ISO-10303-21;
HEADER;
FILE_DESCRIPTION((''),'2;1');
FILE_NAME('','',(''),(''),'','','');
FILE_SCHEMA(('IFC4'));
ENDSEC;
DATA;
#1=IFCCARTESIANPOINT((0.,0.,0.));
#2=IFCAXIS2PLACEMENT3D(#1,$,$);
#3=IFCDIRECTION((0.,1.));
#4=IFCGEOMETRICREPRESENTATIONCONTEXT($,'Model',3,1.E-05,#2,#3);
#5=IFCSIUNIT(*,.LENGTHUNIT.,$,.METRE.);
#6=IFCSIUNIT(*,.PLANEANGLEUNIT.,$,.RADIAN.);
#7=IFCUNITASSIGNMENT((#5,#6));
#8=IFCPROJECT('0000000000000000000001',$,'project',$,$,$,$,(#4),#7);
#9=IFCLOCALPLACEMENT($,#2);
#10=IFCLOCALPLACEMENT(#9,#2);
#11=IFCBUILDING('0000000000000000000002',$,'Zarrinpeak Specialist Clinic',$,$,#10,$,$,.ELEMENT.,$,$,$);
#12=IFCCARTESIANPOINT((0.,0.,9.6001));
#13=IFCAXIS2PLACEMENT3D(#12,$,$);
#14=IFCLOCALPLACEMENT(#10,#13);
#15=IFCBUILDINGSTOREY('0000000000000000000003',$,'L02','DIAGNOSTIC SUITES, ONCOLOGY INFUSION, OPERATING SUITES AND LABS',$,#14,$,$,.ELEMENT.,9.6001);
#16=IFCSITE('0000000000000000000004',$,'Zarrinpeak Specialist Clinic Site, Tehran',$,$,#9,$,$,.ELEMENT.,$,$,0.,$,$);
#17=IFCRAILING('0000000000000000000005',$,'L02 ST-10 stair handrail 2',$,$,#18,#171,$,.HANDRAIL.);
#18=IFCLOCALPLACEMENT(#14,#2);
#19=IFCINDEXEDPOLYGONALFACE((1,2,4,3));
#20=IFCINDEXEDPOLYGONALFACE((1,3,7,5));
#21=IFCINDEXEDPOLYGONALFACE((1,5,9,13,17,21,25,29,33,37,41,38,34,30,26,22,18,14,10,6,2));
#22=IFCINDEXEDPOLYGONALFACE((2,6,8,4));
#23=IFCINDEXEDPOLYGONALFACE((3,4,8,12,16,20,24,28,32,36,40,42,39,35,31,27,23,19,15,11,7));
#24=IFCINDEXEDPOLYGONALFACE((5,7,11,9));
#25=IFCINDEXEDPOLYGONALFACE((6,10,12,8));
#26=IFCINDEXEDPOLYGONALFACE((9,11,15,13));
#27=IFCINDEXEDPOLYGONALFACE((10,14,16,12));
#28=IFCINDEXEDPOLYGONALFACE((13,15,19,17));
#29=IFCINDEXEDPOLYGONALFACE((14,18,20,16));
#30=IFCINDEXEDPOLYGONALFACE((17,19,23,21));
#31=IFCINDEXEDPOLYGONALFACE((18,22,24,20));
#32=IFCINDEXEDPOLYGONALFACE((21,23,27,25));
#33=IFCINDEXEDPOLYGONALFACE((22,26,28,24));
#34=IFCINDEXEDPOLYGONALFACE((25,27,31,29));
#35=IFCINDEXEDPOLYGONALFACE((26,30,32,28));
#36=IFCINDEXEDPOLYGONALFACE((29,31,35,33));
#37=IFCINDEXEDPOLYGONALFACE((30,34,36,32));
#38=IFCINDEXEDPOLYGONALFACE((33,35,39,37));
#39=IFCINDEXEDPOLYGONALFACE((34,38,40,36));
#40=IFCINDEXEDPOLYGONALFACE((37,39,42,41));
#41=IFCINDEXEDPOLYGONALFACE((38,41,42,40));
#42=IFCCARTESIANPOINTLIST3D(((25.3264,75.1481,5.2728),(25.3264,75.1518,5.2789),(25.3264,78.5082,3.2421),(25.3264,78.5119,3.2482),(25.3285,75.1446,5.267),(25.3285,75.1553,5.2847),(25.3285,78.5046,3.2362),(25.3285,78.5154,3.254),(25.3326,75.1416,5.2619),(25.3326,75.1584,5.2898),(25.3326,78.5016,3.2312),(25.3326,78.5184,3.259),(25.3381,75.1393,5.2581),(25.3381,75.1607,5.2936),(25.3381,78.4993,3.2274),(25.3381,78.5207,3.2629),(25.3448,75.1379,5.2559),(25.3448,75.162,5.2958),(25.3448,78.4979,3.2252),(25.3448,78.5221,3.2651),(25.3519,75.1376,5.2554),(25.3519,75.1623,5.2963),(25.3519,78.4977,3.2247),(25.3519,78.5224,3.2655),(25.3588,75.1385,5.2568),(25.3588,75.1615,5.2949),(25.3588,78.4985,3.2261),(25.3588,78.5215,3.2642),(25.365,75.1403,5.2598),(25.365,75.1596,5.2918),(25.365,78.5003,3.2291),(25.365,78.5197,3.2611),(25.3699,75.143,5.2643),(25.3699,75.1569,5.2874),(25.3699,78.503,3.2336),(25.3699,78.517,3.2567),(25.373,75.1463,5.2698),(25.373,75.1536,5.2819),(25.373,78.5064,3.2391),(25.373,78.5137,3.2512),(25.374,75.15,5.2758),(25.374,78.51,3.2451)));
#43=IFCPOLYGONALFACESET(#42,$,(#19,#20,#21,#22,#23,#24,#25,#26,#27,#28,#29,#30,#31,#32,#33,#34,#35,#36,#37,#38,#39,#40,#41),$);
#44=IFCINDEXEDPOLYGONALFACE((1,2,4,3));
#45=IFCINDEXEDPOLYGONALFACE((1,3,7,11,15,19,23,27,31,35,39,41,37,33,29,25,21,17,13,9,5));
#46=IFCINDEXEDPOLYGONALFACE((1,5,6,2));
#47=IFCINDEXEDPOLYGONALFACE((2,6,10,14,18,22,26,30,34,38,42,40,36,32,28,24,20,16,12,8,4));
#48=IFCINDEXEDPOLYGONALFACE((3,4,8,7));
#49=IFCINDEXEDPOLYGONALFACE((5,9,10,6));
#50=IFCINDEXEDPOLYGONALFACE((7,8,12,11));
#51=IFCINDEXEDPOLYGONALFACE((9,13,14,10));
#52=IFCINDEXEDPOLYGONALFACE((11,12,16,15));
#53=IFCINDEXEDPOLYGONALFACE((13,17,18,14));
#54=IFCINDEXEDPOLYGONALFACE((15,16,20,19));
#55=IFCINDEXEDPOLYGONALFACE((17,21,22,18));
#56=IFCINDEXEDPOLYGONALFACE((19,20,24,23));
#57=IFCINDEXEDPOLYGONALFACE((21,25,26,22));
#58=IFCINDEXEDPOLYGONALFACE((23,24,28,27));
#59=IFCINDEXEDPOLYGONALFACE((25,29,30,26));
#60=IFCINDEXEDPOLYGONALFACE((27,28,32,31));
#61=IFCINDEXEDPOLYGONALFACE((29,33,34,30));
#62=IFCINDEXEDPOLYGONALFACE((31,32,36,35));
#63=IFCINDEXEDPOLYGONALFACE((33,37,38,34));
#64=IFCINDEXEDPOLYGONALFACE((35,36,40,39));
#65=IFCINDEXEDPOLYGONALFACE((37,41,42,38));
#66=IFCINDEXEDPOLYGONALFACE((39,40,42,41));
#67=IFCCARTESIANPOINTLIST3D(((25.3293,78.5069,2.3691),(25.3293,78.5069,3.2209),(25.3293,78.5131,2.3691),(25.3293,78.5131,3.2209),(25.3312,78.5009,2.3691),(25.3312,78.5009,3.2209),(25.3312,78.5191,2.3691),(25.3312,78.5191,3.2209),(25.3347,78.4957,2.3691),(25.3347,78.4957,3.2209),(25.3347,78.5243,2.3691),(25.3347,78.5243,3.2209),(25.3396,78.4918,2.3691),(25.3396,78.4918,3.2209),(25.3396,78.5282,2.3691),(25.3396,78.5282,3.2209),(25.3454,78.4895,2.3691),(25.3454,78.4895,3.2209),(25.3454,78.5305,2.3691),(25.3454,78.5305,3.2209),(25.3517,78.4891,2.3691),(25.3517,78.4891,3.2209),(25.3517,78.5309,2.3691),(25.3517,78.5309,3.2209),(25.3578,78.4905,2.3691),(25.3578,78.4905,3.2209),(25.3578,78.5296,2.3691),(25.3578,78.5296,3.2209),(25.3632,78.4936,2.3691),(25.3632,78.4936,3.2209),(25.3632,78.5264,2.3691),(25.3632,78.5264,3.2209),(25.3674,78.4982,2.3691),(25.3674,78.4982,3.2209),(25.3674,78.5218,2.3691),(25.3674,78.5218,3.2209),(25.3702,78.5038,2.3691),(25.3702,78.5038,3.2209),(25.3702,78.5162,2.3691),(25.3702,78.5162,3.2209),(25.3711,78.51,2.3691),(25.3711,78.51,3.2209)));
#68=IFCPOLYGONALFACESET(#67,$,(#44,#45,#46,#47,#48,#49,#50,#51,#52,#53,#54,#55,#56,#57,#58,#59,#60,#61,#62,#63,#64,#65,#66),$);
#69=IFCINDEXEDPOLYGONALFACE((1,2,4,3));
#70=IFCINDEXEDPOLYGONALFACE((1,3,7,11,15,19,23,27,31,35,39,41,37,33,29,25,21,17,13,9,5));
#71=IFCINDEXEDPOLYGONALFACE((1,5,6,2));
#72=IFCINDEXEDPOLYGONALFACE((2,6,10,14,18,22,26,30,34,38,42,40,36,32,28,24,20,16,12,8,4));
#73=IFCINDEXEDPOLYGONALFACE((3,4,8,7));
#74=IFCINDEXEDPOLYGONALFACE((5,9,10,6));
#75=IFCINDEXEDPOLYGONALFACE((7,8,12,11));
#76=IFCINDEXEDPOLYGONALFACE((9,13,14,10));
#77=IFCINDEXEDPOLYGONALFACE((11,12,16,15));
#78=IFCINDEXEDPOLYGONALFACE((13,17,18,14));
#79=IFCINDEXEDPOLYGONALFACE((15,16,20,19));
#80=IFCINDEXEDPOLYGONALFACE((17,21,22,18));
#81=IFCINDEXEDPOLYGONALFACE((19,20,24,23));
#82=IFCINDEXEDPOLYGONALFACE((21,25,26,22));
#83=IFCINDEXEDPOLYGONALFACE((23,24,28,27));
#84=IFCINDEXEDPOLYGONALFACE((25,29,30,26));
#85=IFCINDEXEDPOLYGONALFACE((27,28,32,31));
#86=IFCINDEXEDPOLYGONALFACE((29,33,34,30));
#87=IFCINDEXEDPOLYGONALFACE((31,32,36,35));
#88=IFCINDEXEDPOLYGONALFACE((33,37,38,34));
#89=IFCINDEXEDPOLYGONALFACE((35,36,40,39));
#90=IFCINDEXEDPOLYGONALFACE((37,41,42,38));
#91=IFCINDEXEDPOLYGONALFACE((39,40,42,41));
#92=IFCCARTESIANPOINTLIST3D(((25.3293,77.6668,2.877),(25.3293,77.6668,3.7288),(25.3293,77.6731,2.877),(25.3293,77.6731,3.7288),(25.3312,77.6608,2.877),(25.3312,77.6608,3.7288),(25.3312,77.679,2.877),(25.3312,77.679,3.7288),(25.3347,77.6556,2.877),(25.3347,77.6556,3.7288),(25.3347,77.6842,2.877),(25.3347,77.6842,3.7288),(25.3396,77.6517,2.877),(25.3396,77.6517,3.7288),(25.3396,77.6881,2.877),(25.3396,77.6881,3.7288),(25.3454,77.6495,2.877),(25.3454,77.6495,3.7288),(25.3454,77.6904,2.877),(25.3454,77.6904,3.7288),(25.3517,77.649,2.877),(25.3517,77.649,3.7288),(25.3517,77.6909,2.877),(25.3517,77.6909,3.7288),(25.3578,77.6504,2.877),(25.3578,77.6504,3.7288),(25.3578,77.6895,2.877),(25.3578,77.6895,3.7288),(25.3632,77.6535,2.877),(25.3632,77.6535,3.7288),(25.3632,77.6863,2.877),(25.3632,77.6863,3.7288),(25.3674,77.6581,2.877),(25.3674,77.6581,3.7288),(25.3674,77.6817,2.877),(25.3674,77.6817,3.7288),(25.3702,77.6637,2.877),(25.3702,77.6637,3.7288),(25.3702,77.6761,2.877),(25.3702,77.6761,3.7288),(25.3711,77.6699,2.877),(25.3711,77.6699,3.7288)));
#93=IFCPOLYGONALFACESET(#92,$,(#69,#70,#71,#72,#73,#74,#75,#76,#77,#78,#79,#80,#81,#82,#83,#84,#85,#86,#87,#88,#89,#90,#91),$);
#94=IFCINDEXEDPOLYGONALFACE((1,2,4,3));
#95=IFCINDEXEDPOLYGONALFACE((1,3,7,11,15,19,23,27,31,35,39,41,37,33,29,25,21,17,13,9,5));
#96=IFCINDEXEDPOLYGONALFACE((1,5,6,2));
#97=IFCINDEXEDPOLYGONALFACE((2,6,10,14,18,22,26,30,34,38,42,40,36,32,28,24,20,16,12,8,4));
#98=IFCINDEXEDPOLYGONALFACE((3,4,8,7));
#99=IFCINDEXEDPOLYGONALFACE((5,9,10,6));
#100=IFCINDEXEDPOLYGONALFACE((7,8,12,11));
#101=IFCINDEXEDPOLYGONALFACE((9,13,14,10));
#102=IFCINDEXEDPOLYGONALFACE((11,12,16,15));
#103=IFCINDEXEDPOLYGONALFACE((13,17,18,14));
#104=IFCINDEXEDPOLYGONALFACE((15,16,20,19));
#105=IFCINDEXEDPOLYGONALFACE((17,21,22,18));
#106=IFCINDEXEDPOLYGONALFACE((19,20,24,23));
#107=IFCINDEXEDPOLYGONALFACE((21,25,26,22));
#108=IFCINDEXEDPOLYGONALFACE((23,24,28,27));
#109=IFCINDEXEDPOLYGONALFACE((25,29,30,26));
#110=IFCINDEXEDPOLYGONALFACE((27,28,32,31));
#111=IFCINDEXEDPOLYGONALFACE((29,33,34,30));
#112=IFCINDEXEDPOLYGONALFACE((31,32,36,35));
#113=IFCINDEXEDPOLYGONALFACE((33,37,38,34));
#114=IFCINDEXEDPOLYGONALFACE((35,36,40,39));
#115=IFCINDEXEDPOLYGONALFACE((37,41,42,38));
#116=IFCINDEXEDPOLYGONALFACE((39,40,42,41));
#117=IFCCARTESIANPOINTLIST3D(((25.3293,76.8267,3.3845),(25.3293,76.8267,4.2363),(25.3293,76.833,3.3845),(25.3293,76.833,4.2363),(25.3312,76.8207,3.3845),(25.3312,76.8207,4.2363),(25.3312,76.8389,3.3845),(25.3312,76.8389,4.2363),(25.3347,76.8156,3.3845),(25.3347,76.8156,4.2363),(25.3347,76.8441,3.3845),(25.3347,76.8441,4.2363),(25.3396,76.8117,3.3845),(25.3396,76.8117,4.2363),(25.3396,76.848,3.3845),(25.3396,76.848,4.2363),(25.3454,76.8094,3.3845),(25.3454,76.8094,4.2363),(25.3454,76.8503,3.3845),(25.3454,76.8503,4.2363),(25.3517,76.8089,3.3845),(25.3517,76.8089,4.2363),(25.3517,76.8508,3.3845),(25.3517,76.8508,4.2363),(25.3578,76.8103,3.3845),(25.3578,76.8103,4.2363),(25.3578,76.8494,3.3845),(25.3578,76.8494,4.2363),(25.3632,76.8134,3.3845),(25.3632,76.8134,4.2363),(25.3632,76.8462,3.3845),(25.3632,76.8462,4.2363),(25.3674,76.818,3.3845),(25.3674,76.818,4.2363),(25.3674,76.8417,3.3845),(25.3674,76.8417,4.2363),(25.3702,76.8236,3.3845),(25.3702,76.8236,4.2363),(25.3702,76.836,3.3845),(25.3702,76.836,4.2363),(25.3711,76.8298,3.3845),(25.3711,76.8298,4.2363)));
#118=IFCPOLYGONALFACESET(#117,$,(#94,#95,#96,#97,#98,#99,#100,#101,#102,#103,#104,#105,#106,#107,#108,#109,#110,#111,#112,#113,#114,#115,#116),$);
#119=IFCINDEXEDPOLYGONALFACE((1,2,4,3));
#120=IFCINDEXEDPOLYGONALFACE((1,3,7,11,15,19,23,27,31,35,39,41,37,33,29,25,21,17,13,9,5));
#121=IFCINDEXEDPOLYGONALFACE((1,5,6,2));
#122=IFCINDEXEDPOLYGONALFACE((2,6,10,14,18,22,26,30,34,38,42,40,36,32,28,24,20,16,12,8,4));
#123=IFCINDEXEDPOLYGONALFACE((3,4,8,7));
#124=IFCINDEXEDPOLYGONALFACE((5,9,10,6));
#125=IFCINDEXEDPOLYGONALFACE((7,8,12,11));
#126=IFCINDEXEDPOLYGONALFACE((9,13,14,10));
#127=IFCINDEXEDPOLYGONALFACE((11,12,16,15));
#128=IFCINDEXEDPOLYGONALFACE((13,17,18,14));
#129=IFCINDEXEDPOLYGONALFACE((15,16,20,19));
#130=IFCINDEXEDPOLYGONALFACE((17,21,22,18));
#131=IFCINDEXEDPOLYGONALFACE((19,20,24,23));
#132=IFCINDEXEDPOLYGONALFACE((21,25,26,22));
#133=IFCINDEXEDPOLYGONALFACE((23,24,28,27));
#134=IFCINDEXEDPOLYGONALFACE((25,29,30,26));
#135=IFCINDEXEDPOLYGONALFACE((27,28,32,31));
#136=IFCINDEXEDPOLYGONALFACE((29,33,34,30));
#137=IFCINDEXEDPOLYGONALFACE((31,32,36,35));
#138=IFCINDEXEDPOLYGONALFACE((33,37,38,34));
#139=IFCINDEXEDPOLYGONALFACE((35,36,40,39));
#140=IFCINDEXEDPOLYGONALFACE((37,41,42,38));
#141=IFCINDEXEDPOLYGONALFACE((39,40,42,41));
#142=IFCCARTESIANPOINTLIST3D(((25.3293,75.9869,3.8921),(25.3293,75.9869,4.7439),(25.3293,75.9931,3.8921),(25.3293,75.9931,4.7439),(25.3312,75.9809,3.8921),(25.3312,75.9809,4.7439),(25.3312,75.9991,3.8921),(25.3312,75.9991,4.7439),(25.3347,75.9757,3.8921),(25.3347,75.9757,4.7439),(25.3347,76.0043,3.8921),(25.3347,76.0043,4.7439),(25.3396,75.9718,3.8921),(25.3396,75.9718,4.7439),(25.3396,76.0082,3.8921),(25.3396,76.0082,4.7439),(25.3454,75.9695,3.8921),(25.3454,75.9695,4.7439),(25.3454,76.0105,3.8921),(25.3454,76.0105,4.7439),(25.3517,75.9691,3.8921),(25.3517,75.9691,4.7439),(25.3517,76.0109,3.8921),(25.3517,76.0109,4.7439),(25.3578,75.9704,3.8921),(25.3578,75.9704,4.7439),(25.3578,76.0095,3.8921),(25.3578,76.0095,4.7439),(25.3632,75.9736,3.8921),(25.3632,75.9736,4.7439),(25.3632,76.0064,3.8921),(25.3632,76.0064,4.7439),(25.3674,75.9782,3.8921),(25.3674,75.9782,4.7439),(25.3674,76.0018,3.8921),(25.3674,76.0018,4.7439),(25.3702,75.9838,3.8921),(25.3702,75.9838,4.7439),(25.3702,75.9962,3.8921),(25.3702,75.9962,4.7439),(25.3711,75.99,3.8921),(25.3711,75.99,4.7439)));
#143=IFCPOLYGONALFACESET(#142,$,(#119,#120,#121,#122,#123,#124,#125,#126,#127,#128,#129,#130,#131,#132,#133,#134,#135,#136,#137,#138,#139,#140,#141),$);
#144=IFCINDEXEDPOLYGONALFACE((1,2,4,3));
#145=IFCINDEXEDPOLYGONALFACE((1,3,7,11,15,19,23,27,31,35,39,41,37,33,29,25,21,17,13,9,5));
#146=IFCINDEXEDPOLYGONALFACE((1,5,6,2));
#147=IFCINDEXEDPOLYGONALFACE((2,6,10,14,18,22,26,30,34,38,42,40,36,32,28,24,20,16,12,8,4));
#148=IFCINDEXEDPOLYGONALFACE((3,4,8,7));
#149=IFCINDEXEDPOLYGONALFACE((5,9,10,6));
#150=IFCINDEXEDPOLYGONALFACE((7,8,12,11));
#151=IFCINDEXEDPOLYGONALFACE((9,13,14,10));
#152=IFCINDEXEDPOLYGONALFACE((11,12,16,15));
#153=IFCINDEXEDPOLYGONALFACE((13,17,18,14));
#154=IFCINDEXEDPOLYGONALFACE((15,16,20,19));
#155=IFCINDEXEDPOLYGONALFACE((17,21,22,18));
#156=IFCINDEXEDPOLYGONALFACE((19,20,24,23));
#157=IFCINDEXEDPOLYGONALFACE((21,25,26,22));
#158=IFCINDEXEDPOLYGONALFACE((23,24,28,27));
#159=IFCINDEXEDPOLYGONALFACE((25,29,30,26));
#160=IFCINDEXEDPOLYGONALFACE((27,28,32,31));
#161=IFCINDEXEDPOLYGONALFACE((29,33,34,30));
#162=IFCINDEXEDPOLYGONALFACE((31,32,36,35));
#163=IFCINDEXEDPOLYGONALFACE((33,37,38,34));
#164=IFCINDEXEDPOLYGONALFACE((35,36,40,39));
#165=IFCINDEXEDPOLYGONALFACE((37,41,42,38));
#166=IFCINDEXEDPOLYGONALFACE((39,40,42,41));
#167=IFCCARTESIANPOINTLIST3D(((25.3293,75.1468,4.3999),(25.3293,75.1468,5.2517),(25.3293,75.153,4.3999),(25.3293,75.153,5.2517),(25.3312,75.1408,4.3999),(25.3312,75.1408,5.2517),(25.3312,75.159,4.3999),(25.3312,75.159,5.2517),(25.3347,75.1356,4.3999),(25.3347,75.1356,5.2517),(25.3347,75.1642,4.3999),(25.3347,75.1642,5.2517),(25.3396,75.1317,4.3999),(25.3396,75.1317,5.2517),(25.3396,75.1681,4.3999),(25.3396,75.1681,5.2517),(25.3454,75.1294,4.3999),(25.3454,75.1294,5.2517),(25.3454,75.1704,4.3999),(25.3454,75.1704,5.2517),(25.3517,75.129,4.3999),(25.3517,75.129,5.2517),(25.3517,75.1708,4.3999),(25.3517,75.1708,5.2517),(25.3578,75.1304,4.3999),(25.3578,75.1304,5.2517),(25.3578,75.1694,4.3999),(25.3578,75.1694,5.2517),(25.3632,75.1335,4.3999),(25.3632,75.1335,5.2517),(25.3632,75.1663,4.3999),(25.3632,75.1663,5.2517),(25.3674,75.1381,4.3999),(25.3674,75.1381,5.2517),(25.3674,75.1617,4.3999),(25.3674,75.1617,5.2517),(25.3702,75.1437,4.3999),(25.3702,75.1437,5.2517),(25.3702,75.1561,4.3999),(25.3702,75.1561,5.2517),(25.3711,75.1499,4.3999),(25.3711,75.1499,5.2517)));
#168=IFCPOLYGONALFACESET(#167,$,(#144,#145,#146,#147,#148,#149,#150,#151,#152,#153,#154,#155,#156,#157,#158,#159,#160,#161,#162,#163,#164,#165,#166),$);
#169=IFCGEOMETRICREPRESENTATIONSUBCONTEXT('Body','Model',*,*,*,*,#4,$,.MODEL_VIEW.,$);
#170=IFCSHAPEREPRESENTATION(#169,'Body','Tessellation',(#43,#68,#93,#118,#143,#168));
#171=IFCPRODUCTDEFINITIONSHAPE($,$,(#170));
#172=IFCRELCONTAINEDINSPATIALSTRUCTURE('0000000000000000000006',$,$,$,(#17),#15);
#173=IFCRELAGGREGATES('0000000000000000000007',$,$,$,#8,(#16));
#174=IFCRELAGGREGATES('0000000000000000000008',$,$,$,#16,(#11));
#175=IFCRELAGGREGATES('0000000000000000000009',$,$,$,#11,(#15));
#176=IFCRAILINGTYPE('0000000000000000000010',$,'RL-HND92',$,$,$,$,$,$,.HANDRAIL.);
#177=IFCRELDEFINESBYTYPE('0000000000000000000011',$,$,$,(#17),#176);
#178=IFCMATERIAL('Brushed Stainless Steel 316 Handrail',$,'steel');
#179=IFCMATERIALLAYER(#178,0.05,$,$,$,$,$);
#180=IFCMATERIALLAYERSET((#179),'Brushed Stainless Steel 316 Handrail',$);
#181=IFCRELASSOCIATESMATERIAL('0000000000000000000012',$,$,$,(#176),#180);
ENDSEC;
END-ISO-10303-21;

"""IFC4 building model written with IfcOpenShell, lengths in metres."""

from ifc_helpers import new_model, si_unit, direction, frame, origin, origin_2d, place, context, subcontext, project, spatial, circle, extrude, material, layer, layer_set, type_object, element, save


model = new_model("IFC4")

# Units and contexts
model_context = context("Model", 3, precision=1e-05, world=origin(), true_north=direction((0.0, 1.0)))
body_context = subcontext(model_context, "Body", "Model", "MODEL_VIEW")
ifc_project = project(units=[si_unit("LENGTHUNIT", "METRE"), si_unit("PLANEANGLEUNIT", "RADIAN")], contexts=[model_context])

# Site, building, storey
site_placement = place(None, origin())
site = spatial("IfcSite", under=ifc_project, at=site_placement, Name="Zarrinpeak Specialist Clinic Site, Tehran", CompositionType="ELEMENT", RefElevation=0.0)
building_placement = place(site_placement, origin())
building = spatial("IfcBuilding", under=site, at=building_placement, Name="Zarrinpeak Specialist Clinic", CompositionType="ELEMENT")
storey_placement = place(building_placement, frame((0.0, 0.0, 9.6001)))
storey = spatial("IfcBuildingStorey", under=building, at=storey_placement, Name="L02", Description="DIAGNOSTIC SUITES, ONCOLOGY INFUSION, OPERATING SUITES AND LABS", CompositionType="ELEMENT", Elevation=9.6001)

# Railing
ifc_material_1 = material(Name="Brushed Stainless Steel 316 Handrail", Category="steel")
ifc_layer_1 = layer(ifc_material_1, 0.05)
ifc_layer_set_1 = layer_set([ifc_layer_1], Name="Brushed Stainless Steel 316 Handrail")
railing_type_1 = type_object("IfcRailingType", Name="RL-HND92", PredefinedType="HANDRAIL", material=ifc_layer_set_1)
railing_1_placement = place(storey_placement, frame((25.3501, 78.51, 2.3691)))
element("IfcRailing", 1, at=railing_1_placement, inside=storey, type_object=railing_type_1, Name="L02 ST-10 stair handrail 2", PredefinedType="HANDRAIL", context=body_context, shape_type="SweptSolid", body=[
    extrude(circle(Radius=0.0239, at=origin_2d()), frame((0.0, 0.0, 0.876), z_axis=(0.0, -0.855837, 0.517246), x_axis=(1.0, 0.0, 0.0)), (0.0, 0.0, 1.0), 3.926),
    extrude(circle(Radius=0.021, at=origin_2d()), origin(), (0.0, 0.0, 1.0), 0.8518),
    extrude(circle(Radius=0.021, at=origin_2d()), frame((0.0, -0.8401, 0.5078)), (0.0, 0.0, 1.0), 0.8518),
    extrude(circle(Radius=0.021, at=origin_2d()), frame((0.0, -1.6802, 1.0154)), (0.0, 0.0, 1.0), 0.8518),
    extrude(circle(Radius=0.021, at=origin_2d()), frame((0.0, -2.52, 1.5229)), (0.0, 0.0, 1.0), 0.8518),
    extrude(circle(Radius=0.021, at=origin_2d()), frame((0.0, -3.3601, 2.0308)), (0.0, 0.0, 1.0), 0.8518),
])

save(model, "model.ifc")
